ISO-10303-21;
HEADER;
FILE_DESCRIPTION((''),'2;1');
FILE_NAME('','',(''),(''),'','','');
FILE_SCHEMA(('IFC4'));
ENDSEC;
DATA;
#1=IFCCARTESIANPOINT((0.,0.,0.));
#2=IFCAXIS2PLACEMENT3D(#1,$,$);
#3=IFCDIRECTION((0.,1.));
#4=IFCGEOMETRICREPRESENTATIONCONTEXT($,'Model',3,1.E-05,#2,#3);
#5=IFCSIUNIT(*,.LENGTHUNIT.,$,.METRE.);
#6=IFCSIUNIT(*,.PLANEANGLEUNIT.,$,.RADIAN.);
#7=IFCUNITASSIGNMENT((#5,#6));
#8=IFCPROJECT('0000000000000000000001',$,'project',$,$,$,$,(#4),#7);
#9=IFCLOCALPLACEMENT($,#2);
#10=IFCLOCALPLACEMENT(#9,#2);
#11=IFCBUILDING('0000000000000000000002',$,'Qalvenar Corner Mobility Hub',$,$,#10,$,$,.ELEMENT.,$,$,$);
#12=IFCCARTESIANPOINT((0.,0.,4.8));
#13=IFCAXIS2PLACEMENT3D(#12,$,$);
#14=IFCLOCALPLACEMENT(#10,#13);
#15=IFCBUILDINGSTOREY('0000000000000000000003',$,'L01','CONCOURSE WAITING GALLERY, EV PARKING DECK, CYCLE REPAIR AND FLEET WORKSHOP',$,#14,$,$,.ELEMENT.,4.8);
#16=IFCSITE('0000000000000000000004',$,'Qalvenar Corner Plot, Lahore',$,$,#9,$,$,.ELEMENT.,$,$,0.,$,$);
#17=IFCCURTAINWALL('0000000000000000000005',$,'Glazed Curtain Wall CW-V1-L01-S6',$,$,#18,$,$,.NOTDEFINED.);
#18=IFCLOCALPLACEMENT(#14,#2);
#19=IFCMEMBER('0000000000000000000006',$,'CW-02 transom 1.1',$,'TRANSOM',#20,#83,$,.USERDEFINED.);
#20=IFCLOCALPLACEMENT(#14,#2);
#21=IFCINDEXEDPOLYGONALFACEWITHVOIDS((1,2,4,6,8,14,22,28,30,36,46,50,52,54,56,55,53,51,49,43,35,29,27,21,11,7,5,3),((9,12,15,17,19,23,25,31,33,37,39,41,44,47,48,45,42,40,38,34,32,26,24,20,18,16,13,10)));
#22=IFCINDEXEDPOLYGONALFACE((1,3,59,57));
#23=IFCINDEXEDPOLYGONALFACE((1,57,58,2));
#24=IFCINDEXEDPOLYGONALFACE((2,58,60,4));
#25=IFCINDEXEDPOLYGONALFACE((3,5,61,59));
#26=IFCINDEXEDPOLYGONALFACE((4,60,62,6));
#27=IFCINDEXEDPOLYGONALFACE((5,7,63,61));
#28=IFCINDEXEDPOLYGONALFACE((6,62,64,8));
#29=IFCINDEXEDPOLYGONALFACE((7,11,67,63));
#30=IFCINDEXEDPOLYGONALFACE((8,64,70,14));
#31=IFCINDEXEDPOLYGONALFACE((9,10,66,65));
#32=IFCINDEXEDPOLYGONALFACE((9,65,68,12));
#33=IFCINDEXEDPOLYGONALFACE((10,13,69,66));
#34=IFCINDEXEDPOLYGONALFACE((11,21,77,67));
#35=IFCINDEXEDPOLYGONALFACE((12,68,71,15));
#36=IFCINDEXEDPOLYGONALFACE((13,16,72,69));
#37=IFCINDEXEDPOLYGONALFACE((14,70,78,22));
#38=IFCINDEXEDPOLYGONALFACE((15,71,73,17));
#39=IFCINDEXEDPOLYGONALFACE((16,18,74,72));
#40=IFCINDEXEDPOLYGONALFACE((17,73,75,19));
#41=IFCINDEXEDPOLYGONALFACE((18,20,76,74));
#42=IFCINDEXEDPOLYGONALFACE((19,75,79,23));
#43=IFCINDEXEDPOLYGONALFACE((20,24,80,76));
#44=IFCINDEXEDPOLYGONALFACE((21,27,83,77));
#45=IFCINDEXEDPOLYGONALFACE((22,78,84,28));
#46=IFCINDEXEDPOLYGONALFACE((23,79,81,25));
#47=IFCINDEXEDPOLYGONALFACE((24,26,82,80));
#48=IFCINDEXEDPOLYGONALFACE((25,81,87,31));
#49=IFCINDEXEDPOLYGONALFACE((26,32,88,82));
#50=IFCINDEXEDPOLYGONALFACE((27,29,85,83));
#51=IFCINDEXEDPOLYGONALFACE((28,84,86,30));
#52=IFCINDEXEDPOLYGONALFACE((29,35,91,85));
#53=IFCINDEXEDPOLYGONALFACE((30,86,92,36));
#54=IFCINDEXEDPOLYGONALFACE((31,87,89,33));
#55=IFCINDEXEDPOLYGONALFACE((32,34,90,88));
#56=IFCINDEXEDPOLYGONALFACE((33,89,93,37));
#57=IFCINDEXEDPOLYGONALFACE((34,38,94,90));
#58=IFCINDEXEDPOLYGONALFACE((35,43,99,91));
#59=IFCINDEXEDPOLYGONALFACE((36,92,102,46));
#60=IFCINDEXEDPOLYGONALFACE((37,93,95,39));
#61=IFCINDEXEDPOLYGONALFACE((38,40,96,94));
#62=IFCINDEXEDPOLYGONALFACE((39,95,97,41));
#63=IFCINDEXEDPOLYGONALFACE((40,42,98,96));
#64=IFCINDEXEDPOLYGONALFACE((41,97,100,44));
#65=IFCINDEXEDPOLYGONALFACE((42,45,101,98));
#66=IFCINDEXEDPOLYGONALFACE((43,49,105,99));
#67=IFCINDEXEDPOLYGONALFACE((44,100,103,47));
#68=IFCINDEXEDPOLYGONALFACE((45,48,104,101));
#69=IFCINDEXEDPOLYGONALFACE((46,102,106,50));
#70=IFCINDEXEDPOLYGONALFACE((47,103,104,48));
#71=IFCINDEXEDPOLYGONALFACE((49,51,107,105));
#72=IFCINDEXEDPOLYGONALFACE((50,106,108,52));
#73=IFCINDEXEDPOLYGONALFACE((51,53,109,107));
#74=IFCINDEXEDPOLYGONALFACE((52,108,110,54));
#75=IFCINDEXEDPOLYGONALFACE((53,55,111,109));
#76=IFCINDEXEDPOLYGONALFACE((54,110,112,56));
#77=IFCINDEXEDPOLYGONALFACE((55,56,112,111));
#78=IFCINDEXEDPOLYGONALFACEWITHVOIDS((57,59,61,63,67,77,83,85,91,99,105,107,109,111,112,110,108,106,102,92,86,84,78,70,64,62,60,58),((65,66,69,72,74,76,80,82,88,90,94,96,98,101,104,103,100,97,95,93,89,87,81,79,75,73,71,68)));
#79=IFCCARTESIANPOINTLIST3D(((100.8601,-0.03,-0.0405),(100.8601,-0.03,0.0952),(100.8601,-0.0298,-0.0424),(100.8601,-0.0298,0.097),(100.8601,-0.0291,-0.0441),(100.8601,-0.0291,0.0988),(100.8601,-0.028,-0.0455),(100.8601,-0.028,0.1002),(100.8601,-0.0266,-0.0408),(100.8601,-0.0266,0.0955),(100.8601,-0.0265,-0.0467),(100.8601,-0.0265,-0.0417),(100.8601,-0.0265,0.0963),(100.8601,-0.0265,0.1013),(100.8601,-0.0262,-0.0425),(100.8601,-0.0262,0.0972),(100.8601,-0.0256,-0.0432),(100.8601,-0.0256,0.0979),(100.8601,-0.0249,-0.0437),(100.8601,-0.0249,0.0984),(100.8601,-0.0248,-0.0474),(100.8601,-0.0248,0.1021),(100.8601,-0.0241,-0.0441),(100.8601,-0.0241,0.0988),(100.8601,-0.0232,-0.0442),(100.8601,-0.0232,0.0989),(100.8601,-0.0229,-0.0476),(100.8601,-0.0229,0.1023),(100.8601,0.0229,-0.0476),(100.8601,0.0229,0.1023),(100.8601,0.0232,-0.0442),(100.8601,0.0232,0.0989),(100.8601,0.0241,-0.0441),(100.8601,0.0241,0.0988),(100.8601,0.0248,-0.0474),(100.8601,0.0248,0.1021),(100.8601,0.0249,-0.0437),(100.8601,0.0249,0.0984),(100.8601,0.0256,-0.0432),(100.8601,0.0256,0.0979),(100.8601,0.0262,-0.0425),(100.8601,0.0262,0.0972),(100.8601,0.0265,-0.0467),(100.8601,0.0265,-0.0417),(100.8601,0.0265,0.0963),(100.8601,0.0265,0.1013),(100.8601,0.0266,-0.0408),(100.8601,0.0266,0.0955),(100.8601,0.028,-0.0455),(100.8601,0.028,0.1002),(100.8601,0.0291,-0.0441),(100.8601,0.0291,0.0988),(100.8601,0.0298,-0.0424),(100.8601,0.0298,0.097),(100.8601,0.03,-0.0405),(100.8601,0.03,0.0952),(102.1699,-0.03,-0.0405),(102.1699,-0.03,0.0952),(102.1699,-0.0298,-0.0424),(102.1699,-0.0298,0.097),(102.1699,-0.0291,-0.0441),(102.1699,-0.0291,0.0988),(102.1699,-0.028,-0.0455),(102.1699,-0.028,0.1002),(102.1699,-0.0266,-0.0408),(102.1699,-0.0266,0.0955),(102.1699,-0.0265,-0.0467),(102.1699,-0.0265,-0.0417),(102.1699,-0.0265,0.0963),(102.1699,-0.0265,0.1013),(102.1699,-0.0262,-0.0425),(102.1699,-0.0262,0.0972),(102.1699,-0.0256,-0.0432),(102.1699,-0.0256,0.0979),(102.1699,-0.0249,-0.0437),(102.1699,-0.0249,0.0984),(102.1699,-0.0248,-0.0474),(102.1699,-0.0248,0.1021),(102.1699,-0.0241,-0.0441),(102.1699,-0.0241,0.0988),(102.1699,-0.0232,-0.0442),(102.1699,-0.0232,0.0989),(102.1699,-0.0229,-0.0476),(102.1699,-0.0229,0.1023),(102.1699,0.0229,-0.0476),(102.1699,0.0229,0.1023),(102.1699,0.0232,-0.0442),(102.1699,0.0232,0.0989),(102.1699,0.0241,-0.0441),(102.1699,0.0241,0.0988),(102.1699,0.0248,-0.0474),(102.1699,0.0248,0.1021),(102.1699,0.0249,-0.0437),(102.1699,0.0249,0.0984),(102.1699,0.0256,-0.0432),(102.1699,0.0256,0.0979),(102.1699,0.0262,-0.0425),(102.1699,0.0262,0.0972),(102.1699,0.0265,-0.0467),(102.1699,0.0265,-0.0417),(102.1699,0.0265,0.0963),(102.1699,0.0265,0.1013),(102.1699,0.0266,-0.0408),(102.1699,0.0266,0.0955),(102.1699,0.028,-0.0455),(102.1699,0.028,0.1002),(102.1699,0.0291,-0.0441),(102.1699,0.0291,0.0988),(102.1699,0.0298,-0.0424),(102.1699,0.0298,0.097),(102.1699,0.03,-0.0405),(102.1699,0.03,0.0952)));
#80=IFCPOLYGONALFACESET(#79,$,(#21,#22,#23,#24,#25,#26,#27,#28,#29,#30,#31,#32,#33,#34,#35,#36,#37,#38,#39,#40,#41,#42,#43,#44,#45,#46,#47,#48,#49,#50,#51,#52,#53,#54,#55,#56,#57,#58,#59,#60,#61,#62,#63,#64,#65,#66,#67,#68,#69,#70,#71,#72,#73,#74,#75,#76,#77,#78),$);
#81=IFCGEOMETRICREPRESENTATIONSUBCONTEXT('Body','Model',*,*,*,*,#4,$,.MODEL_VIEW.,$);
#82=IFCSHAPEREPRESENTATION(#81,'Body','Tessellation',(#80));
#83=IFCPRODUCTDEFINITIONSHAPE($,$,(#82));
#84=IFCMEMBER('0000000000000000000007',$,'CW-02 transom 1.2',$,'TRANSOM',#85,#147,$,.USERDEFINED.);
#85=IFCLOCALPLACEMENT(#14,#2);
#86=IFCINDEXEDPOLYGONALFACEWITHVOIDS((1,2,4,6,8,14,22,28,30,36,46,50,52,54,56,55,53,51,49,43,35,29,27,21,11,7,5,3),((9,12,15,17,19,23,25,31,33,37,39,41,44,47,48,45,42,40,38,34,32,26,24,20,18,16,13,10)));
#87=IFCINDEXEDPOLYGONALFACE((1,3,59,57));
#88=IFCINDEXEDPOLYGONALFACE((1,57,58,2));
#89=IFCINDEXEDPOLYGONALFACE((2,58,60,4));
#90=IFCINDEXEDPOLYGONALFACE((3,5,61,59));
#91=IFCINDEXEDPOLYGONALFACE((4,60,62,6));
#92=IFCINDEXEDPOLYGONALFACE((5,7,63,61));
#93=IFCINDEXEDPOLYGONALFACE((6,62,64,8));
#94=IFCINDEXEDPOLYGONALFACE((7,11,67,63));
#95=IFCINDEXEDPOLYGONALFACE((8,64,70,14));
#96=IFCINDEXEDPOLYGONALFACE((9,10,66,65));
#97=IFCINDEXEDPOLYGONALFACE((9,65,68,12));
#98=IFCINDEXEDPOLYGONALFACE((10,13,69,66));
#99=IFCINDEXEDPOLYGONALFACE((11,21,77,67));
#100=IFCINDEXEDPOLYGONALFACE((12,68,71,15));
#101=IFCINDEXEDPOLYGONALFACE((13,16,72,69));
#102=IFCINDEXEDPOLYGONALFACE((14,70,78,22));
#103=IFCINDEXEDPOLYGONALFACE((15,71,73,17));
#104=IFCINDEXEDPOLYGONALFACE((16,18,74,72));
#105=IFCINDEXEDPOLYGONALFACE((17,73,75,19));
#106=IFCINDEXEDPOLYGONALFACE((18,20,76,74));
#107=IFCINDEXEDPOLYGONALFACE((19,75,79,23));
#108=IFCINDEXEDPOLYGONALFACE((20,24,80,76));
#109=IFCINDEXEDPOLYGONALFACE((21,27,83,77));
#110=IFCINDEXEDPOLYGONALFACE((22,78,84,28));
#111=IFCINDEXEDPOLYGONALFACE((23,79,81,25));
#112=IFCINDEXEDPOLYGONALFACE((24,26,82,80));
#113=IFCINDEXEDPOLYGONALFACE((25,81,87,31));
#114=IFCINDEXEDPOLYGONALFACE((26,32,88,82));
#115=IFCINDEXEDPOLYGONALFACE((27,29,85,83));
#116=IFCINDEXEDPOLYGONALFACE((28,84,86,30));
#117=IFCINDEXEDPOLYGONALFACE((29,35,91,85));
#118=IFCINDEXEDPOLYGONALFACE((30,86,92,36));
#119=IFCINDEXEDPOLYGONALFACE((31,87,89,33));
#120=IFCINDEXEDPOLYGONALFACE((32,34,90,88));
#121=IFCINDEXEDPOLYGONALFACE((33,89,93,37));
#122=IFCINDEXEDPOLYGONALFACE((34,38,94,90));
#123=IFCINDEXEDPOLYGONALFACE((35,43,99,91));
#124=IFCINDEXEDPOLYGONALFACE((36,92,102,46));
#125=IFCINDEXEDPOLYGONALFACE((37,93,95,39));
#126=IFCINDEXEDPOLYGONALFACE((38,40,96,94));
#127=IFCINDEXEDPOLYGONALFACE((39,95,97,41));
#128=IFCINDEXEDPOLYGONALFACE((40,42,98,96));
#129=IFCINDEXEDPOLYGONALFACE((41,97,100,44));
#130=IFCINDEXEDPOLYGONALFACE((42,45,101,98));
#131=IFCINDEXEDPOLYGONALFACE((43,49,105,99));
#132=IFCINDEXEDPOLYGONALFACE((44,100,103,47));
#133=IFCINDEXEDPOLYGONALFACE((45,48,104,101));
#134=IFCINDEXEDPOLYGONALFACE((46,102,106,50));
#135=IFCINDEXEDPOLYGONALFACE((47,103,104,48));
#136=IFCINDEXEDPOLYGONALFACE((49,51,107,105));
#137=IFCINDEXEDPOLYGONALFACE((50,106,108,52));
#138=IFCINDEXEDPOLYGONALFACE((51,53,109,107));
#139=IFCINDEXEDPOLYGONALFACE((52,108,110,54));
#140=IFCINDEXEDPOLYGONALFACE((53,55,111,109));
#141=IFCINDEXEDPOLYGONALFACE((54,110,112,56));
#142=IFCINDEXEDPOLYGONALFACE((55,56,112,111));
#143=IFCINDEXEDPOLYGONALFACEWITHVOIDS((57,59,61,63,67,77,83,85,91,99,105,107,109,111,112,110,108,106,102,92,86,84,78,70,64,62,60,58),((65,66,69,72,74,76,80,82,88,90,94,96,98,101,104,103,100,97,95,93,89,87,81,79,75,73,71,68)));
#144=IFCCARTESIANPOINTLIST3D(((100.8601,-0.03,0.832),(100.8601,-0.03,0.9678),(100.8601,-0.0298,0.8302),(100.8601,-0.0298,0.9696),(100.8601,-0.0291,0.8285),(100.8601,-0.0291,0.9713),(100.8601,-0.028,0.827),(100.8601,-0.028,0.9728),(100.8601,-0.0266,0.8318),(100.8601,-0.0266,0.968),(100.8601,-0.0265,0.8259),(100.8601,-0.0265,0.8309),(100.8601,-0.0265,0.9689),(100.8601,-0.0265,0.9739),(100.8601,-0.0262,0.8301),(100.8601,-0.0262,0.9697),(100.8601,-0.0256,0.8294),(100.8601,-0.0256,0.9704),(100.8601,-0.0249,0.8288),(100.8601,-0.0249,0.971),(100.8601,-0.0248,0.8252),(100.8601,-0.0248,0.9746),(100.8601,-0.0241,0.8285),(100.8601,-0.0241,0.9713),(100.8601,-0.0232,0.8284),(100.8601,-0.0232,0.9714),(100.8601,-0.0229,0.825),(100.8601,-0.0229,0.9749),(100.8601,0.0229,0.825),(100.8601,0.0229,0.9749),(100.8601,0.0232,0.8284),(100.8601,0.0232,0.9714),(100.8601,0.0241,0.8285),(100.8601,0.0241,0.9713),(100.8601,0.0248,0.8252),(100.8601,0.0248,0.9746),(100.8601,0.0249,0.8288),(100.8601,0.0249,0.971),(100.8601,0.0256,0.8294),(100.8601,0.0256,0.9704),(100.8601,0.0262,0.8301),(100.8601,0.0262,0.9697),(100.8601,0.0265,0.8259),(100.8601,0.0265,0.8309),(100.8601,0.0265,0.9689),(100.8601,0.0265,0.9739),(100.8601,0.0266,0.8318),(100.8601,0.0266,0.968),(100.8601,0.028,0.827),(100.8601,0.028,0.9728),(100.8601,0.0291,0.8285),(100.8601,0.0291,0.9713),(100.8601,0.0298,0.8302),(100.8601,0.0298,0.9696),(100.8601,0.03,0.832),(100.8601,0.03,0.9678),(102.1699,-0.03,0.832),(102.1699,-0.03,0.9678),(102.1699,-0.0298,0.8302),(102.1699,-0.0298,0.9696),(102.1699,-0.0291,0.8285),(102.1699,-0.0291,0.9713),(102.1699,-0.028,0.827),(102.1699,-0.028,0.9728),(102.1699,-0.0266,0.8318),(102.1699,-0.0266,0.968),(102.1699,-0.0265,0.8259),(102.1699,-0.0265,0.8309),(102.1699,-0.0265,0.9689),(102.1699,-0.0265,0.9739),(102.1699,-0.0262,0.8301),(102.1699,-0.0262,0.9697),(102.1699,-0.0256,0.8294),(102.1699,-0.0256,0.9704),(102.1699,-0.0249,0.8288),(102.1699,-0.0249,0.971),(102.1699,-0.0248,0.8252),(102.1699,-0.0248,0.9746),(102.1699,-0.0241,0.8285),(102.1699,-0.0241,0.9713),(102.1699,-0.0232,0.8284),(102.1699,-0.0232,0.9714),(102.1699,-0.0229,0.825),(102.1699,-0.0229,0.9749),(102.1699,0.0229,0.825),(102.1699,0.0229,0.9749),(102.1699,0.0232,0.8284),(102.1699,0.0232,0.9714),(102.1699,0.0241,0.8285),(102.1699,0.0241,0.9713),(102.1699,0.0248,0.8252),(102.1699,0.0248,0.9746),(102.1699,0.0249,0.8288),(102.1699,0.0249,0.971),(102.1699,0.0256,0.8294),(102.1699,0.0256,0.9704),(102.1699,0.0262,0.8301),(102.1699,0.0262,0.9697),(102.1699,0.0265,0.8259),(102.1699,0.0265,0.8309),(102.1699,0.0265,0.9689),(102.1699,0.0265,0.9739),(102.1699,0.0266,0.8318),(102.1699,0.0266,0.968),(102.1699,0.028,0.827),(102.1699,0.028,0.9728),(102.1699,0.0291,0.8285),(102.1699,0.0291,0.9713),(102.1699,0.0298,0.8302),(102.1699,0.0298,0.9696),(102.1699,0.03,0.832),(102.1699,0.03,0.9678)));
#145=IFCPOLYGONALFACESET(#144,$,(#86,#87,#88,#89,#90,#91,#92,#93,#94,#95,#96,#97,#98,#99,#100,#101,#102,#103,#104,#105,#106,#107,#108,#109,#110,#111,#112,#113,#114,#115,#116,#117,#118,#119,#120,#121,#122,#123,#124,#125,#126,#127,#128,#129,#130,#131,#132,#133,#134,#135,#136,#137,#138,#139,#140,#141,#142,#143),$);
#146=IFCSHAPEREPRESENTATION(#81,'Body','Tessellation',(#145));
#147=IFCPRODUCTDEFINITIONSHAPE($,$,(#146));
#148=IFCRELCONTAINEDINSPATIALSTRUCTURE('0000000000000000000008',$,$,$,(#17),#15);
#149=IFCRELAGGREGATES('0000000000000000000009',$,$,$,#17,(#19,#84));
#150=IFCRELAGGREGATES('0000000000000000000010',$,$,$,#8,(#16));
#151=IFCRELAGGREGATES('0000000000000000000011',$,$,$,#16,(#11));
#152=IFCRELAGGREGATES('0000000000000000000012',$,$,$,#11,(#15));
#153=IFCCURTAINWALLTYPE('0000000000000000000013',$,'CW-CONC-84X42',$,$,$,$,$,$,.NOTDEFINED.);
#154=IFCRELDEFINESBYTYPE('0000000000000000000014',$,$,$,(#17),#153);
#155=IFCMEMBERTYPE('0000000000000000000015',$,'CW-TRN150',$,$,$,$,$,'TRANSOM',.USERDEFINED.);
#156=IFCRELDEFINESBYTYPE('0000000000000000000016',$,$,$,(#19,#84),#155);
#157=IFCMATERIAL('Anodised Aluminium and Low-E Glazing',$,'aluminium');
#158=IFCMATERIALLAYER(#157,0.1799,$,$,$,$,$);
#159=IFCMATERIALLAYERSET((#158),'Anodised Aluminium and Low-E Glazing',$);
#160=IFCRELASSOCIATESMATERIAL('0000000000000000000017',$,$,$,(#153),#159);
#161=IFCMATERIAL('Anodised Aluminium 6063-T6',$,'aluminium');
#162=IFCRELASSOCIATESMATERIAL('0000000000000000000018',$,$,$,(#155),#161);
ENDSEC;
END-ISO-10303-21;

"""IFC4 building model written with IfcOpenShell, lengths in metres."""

from ifc_helpers import new_model, si_unit, direction, frame, origin, origin_2d, place, context, subcontext, project, spatial, hollow_rectangle, extrude, material, layer, layer_set, material_profile, profile_set, type_object, element, aggregate, save


model = new_model("IFC4")

# Units and contexts
model_context = context("Model", 3, precision=1e-05, world=origin(), true_north=direction((0.0, 1.0)))
body_context = subcontext(model_context, "Body", "Model", "MODEL_VIEW")
ifc_project = project(units=[si_unit("LENGTHUNIT", "METRE"), si_unit("PLANEANGLEUNIT", "RADIAN")], contexts=[model_context])

# Site, building, storey
site_placement = place(None, origin())
site = spatial("IfcSite", under=ifc_project, at=site_placement, Name="Qalvenar Corner Plot, Lahore", CompositionType="ELEMENT", RefElevation=0.0)
building_placement = place(site_placement, origin())
building = spatial("IfcBuilding", under=site, at=building_placement, Name="Qalvenar Corner Mobility Hub", CompositionType="ELEMENT")
storey_placement = place(building_placement, frame((0.0, 0.0, 4.8)))
storey = spatial("IfcBuildingStorey", under=building, at=storey_placement, Name="L01", Description="CONCOURSE WAITING GALLERY, EV PARKING DECK, CYCLE REPAIR AND FLEET WORKSHOP", CompositionType="ELEMENT", Elevation=4.8)

# Shared definitions
ifc_material_1 = material(Name="Anodised Aluminium and Low-E Glazing", Category="aluminium")
ifc_layer_1 = layer(ifc_material_1, 0.1799)
ifc_layer_set_1 = layer_set([ifc_layer_1], Name="Anodised Aluminium and Low-E Glazing")
curtain_wall_type = type_object("IfcCurtainWallType", Name="CW-CONC-84X42", PredefinedType="NOTDEFINED", material=ifc_layer_set_1)
ifc_material_2 = material(Name="Anodised Aluminium 6063-T6", Category="aluminium")

# Curtain wall
curtain_wall_1_placement = place(storey_placement, origin())
curtain_wall_1 = element("IfcCurtainWall", 1, at=curtain_wall_1_placement, inside=storey, type_object=curtain_wall_type, Name="Glazed Curtain Wall CW-V1-L01-S6", PredefinedType="NOTDEFINED")

# Members
ifc_material_profile_1 = material_profile(ifc_material_2, hollow_rectangle(XDim=0.0601, YDim=0.1499, WallThickness=0.0034, InnerFilletRadius=0.0034, OuterFilletRadius=0.0071, at=origin_2d()), Name="RHS150x60x3.5")
ifc_profile_set_1 = profile_set([ifc_material_profile_1], Name="Anodised Aluminium 6063-T6")
member_type_1 = type_object("IfcMemberType", Name="CW-TRN150", ElementType="TRANSOM", PredefinedType="USERDEFINED", material=ifc_profile_set_1)
member_1_placement = place(storey_placement, frame((100.8601, 0.0, 0.0273), z_axis=(1.0, 0.0, 0.0), x_axis=(0.0, 1.0, 0.0)))
member_1 = element("IfcMember", 2, at=member_1_placement, type_object=member_type_1, Name="CW-02 transom 1.1", ObjectType="TRANSOM", PredefinedType="USERDEFINED", context=body_context, shape_type="SweptSolid", body=[
    extrude(hollow_rectangle(XDim=0.0601, YDim=0.1499, WallThickness=0.0034, InnerFilletRadius=0.0034, OuterFilletRadius=0.0071, at=origin_2d()), origin(), (0.0, 0.0, 1.0), 1.3098),
])
member_2_placement = place(storey_placement, frame((100.8601, 0.0, 0.8999), z_axis=(1.0, 0.0, 0.0), x_axis=(0.0, 1.0, 0.0)))
member_2 = element("IfcMember", 3, at=member_2_placement, type_object=member_type_1, Name="CW-02 transom 1.2", ObjectType="TRANSOM", PredefinedType="USERDEFINED", context=body_context, shape_type="SweptSolid", body=[
    extrude(hollow_rectangle(XDim=0.0601, YDim=0.1499, WallThickness=0.0034, InnerFilletRadius=0.0034, OuterFilletRadius=0.0071, at=origin_2d()), origin(), (0.0, 0.0, 1.0), 1.3098),
])
aggregate(curtain_wall_1, [member_1, member_2])

save(model, "model.ifc")
